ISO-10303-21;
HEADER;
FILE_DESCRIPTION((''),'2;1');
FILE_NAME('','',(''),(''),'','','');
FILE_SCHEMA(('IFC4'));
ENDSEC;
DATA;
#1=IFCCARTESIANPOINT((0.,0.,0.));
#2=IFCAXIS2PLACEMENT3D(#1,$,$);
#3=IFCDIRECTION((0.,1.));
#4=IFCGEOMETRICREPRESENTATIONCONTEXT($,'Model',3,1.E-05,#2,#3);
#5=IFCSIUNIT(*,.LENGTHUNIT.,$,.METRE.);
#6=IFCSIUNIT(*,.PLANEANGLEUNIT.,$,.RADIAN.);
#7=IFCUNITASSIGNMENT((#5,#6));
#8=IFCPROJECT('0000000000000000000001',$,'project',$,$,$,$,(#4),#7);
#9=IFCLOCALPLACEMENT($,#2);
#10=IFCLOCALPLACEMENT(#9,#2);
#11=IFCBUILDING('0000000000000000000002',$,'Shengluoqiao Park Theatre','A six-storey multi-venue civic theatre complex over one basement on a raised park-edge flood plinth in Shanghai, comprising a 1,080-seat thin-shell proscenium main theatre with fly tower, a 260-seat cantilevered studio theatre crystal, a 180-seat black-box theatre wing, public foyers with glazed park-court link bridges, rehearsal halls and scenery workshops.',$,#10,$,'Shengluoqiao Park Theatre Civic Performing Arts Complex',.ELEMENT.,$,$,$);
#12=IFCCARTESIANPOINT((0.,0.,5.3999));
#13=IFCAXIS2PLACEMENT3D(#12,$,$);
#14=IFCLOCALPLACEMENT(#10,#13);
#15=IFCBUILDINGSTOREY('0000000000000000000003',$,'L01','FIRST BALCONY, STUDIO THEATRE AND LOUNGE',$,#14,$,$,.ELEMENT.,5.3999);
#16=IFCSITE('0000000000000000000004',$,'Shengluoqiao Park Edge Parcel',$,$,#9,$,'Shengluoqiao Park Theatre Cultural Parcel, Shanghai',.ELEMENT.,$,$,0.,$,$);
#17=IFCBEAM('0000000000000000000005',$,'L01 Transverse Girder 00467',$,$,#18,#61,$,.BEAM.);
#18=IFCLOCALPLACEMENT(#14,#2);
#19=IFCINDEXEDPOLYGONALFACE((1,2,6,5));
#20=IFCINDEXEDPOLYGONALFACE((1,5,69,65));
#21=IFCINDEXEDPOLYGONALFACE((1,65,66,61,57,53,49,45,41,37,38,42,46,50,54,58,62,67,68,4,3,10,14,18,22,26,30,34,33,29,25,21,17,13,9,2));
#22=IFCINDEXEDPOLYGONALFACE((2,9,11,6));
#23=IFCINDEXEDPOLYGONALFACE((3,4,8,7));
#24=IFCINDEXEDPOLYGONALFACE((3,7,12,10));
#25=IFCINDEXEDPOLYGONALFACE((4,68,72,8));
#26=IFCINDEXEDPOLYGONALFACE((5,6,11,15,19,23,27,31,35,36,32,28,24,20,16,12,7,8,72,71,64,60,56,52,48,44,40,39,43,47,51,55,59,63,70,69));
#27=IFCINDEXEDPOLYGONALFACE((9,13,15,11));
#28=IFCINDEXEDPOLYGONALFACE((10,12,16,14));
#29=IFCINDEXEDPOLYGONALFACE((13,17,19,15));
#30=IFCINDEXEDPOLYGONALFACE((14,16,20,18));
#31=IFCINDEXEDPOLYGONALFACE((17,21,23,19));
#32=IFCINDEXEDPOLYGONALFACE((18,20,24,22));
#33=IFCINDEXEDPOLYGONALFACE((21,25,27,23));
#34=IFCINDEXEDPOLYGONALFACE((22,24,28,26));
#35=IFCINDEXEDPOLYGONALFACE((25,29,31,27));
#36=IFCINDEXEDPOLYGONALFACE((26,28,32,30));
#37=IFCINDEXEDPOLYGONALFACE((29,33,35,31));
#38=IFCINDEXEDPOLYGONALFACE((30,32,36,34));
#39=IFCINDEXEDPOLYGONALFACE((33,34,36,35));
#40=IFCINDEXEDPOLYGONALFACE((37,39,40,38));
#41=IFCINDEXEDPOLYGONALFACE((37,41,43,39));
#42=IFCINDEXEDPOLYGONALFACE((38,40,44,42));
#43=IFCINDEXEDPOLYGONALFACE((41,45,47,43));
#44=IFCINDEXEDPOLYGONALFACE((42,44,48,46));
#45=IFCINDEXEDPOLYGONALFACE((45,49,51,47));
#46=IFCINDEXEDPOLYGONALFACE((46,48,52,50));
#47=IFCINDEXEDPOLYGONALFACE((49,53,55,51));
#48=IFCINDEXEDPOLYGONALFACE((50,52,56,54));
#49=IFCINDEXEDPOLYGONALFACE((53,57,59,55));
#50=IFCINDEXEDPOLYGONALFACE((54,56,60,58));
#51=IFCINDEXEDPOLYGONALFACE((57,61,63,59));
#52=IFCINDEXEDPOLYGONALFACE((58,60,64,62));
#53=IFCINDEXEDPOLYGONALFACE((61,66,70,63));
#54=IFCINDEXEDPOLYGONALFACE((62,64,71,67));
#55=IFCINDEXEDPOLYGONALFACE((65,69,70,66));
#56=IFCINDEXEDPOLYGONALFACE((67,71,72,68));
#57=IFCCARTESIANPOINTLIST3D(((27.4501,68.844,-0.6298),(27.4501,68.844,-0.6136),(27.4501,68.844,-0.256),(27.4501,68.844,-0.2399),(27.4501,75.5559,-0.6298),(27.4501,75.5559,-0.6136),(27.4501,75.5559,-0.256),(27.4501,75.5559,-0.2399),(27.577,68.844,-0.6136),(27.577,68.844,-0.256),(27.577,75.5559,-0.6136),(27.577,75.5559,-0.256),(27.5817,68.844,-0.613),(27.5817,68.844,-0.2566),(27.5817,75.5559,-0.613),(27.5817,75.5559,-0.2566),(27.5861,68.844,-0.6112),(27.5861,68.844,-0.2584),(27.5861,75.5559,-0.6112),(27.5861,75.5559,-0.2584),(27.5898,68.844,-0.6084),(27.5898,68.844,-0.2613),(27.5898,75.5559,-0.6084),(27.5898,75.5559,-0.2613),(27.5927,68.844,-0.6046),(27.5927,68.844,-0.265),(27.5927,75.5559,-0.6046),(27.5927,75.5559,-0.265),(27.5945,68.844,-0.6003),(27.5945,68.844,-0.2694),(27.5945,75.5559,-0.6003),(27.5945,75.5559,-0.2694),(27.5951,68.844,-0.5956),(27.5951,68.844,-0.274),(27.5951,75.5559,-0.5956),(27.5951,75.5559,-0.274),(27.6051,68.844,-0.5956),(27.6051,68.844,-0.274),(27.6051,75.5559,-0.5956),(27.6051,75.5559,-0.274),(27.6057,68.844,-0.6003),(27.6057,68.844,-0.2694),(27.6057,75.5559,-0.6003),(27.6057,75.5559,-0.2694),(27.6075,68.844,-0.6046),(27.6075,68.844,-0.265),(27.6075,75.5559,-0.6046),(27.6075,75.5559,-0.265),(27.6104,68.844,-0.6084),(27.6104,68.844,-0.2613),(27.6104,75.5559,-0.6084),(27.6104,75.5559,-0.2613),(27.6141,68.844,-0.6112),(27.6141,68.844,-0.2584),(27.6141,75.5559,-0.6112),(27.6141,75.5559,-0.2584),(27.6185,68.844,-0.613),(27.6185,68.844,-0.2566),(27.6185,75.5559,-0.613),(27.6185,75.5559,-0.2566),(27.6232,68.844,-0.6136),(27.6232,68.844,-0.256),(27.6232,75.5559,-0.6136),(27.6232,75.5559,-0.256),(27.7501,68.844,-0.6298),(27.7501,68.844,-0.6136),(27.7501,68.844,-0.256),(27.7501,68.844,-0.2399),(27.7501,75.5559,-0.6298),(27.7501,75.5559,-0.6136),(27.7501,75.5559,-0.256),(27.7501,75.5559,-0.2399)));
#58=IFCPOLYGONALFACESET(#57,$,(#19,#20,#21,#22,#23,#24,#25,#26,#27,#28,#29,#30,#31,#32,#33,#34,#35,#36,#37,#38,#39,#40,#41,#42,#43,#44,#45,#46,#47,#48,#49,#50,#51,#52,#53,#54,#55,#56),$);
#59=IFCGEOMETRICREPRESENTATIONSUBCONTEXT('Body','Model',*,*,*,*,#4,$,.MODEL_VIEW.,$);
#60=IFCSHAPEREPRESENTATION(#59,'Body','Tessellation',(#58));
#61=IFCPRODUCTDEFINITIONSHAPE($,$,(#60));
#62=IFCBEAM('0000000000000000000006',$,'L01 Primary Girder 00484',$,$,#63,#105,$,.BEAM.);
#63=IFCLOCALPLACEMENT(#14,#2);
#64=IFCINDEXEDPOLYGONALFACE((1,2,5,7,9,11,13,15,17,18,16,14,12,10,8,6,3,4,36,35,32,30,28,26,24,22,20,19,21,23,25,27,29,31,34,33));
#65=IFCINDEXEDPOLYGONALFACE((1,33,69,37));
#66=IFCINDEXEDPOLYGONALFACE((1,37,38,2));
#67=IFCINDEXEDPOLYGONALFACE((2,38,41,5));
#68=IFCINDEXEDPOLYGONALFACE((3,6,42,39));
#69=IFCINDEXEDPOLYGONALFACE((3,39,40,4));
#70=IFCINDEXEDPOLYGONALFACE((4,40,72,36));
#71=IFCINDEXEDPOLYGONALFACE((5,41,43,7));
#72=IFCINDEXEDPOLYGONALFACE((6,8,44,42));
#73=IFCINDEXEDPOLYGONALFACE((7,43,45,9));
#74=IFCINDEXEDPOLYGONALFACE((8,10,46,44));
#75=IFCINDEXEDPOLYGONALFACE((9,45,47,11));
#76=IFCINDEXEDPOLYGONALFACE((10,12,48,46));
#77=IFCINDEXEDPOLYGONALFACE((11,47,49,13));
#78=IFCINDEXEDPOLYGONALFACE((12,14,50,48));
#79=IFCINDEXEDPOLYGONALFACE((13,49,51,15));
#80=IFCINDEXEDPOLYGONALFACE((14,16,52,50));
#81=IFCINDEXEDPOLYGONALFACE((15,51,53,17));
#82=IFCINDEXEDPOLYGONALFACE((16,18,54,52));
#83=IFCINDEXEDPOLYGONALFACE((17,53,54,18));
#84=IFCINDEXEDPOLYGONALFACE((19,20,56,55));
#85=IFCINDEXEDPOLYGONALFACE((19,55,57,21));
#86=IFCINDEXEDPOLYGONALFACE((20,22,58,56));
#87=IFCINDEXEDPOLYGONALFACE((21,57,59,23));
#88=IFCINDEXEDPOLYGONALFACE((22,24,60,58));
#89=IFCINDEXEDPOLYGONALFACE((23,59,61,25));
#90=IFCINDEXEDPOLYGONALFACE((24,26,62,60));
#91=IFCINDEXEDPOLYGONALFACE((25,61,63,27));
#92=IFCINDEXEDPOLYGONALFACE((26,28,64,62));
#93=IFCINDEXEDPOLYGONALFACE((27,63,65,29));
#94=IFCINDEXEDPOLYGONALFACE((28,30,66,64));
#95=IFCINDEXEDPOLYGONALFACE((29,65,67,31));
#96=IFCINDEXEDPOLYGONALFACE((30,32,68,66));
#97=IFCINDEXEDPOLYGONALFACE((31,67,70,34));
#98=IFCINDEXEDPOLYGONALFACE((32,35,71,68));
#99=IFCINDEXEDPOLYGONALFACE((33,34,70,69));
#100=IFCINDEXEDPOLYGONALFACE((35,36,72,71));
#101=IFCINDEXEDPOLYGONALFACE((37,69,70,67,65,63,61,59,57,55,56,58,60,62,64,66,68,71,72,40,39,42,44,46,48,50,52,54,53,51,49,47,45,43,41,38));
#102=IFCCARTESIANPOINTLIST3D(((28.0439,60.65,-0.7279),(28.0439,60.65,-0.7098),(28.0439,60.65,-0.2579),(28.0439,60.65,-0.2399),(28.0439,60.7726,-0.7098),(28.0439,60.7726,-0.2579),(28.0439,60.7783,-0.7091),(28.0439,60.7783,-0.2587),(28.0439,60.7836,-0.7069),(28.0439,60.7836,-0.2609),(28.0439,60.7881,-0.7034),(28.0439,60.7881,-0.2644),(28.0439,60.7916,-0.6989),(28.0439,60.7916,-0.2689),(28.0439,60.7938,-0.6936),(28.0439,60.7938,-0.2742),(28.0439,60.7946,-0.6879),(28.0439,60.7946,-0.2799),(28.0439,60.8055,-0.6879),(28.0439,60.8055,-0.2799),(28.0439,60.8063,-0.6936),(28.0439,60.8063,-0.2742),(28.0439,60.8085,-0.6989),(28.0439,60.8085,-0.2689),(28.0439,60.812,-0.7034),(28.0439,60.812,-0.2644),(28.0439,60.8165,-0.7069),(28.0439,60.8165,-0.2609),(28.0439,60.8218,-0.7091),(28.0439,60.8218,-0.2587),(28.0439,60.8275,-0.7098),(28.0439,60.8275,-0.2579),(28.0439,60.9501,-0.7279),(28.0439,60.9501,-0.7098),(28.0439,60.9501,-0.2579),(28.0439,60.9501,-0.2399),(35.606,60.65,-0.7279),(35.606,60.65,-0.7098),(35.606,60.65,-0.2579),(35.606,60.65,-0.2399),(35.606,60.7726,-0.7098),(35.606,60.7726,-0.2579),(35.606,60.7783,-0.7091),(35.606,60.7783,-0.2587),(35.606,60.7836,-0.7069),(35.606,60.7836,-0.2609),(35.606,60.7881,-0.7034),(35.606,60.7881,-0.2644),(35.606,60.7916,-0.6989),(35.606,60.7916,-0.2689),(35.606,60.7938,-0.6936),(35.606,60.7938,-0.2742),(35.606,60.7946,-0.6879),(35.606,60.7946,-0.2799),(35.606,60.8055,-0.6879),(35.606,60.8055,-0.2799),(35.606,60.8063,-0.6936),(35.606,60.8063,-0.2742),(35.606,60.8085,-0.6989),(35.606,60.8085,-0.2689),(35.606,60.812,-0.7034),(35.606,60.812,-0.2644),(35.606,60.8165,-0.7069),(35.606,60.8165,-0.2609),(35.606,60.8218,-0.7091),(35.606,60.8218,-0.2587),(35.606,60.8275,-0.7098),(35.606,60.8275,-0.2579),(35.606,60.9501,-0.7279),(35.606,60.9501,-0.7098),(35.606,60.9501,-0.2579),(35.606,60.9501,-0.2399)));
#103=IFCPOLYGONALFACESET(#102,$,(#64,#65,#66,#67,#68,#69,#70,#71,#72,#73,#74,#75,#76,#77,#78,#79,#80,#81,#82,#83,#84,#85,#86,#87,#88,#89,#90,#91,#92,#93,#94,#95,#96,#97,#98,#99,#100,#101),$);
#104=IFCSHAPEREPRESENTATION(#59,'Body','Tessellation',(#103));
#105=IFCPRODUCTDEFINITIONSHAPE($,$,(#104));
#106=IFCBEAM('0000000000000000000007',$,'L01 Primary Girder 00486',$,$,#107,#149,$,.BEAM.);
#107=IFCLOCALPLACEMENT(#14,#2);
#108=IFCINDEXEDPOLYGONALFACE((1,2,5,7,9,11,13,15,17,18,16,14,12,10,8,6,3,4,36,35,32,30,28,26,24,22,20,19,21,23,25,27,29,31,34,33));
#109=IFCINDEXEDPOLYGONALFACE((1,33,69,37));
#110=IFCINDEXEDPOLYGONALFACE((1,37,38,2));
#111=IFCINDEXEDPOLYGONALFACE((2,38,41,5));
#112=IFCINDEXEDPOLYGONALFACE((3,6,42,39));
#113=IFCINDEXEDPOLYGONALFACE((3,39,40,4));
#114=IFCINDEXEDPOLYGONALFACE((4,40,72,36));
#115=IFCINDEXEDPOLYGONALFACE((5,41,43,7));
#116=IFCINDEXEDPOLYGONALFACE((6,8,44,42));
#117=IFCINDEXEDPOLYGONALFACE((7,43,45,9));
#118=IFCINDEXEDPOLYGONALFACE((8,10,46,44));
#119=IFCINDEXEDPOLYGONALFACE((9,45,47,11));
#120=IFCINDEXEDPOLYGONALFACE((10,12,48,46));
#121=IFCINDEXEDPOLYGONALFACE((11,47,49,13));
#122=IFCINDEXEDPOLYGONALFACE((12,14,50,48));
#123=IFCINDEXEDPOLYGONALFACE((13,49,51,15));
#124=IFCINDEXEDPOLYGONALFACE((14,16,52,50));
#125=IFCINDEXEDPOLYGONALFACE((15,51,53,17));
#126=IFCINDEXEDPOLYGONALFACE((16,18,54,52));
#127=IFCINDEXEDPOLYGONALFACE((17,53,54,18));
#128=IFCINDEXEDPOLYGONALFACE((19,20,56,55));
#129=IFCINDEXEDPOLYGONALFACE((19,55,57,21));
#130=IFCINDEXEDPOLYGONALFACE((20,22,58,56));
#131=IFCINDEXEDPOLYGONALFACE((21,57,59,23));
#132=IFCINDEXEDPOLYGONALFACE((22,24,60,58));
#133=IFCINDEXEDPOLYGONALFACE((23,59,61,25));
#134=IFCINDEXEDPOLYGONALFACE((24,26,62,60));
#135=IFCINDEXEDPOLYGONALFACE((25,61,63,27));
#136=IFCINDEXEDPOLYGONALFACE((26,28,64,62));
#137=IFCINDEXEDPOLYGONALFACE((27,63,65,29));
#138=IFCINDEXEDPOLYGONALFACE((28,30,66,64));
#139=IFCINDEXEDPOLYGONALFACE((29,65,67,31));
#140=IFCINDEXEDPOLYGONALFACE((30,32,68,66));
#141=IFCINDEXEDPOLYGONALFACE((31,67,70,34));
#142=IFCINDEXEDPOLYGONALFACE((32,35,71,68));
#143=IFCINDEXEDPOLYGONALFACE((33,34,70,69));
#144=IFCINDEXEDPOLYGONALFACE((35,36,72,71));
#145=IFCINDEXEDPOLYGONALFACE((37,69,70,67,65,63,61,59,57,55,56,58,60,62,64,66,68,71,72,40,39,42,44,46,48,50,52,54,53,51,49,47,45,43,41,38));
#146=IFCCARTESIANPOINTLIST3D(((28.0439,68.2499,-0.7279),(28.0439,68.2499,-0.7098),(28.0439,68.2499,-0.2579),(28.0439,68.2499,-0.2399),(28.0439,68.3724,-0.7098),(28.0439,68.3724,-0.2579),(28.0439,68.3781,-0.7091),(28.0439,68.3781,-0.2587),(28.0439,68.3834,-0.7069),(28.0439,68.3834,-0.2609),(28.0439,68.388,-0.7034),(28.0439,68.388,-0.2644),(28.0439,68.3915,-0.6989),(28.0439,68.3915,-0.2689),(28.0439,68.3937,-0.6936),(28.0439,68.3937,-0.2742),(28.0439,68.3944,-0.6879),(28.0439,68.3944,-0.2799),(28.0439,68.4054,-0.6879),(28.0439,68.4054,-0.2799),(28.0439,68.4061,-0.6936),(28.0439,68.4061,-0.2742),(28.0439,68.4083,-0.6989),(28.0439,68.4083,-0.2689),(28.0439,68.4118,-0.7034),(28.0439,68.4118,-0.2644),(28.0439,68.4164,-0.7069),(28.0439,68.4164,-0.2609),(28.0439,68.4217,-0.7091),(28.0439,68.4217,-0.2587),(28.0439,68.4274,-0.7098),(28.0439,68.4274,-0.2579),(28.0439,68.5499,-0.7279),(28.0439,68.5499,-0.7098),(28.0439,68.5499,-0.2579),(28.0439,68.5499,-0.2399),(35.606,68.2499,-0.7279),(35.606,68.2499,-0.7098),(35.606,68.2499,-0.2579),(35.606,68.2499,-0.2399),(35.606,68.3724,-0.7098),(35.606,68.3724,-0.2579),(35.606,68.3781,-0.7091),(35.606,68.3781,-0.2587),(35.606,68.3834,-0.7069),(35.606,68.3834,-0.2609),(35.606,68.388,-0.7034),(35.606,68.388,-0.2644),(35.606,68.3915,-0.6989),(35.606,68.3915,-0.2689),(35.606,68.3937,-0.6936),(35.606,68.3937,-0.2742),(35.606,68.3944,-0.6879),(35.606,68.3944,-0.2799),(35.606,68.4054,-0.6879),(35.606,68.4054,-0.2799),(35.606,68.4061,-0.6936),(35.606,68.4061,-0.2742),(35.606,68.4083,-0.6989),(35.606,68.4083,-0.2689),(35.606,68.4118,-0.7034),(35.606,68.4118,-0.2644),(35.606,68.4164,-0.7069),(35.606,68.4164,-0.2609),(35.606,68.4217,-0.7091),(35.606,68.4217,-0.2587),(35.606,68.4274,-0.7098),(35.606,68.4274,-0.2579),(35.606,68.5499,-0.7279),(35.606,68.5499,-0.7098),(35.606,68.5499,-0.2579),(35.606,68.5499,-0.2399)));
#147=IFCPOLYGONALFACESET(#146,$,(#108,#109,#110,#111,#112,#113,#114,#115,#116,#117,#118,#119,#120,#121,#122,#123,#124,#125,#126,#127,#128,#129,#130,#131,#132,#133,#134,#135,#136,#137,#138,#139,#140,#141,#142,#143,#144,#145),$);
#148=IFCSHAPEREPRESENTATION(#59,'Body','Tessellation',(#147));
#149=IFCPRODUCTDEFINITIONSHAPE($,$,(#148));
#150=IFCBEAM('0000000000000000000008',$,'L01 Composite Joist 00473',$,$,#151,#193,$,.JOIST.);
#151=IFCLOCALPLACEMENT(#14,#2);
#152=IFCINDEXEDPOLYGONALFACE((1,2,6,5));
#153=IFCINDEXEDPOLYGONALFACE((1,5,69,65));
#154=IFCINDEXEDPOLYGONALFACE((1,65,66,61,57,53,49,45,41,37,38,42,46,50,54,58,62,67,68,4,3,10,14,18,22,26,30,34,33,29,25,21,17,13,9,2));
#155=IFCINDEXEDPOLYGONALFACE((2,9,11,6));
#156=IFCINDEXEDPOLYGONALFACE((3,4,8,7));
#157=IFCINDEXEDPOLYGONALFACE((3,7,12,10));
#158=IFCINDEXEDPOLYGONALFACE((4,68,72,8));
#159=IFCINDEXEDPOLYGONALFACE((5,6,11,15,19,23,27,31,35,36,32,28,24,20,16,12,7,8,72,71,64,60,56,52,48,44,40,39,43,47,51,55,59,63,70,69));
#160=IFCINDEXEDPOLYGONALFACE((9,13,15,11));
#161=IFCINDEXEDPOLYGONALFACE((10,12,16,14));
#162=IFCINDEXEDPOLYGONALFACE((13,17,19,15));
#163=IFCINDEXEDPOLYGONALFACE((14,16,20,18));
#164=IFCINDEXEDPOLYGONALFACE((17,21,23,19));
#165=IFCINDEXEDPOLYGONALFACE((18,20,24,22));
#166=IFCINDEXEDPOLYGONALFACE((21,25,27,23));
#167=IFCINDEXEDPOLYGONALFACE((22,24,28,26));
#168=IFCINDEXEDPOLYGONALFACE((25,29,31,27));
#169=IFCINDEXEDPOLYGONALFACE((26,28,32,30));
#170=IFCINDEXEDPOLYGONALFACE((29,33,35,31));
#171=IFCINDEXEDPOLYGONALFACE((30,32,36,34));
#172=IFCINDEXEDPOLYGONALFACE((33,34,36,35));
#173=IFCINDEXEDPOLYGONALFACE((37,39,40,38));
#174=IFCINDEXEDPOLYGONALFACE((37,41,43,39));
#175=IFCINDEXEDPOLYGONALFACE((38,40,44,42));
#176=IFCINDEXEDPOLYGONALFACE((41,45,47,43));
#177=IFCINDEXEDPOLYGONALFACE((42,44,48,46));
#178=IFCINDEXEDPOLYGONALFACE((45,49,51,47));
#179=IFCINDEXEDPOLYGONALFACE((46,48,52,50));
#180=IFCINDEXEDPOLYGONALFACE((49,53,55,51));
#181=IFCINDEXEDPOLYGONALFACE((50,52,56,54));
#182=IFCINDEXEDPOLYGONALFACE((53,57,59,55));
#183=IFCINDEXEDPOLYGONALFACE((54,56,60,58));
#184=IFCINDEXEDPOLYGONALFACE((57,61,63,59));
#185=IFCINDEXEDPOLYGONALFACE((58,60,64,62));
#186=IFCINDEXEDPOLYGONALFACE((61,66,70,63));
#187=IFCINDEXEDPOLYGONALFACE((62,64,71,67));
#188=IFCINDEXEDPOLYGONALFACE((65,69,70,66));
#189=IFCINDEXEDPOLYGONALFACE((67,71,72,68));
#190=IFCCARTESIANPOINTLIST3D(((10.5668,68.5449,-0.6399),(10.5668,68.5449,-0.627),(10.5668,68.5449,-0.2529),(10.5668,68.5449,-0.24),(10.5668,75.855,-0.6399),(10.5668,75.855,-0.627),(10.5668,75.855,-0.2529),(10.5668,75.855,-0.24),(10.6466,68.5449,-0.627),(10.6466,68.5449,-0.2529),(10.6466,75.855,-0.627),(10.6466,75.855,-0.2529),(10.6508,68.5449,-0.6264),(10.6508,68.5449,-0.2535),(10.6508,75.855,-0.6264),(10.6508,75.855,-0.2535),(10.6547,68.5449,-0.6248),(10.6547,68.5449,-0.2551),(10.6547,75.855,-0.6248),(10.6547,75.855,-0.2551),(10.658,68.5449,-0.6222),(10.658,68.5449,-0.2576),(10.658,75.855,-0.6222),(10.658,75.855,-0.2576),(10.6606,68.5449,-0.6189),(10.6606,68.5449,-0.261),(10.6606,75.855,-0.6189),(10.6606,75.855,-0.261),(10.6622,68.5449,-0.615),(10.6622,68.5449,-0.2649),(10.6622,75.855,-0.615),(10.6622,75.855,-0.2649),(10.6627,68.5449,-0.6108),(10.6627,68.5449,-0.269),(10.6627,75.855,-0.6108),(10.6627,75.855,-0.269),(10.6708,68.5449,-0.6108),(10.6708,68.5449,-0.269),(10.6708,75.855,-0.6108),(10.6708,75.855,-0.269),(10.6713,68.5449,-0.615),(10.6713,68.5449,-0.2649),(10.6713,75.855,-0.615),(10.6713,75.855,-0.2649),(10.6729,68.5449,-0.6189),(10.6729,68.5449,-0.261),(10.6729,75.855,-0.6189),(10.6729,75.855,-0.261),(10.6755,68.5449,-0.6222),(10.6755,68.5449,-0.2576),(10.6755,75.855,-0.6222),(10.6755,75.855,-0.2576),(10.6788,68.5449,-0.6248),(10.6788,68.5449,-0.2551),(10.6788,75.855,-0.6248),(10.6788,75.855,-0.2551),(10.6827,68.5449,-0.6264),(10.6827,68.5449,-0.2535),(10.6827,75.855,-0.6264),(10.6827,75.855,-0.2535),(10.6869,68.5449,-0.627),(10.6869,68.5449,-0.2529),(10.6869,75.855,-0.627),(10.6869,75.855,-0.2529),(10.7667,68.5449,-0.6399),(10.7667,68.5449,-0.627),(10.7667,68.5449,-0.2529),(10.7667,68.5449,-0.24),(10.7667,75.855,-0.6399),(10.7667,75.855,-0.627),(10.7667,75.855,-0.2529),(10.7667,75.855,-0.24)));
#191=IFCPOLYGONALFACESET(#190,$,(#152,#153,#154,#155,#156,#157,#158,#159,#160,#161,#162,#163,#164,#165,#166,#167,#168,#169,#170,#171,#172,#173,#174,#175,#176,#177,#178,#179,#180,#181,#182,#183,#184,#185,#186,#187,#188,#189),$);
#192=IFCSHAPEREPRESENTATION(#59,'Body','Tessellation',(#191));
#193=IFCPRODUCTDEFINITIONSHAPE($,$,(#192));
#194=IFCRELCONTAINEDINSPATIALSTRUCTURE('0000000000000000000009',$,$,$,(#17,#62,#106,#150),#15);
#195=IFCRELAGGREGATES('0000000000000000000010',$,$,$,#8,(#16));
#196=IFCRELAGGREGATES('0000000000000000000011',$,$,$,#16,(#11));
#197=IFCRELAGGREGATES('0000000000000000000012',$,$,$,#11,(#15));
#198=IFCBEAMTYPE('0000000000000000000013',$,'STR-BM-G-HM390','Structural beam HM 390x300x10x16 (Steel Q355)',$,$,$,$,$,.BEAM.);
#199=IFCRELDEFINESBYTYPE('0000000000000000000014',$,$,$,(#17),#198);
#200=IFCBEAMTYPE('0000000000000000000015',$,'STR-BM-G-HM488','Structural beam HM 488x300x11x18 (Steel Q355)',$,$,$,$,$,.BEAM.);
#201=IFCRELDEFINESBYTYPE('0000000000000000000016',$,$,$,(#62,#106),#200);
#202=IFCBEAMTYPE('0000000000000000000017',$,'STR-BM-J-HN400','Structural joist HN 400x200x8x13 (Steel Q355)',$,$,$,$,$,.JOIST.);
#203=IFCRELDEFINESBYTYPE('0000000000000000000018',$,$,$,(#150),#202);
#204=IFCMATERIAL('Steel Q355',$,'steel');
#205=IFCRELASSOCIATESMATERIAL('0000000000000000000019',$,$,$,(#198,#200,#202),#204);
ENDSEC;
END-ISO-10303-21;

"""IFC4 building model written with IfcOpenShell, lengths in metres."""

from ifc_helpers import new_model, si_unit, direction, frame, origin, origin_2d, place, context, subcontext, project, spatial, i_section, extrude, material, material_profile, profile_set, type_object, element, save


model = new_model("IFC4")

# Units and contexts
model_context = context("Model", 3, precision=1e-05, world=origin(), true_north=direction((0.0, 1.0)))
body_context = subcontext(model_context, "Body", "Model", "MODEL_VIEW")
ifc_project = project(units=[si_unit("LENGTHUNIT", "METRE"), si_unit("PLANEANGLEUNIT", "RADIAN")], contexts=[model_context])

# Site, building, storey
site_placement = place(None, origin())
site = spatial("IfcSite", under=ifc_project, at=site_placement, Name="Shengluoqiao Park Edge Parcel", LongName="Shengluoqiao Park Theatre Cultural Parcel, Shanghai", CompositionType="ELEMENT", RefElevation=0.0)
building_placement = place(site_placement, origin())
building = spatial("IfcBuilding", under=site, at=building_placement, Name="Shengluoqiao Park Theatre", Description="A six-storey multi-venue civic theatre complex over one basement on a raised park-edge flood plinth in Shanghai, comprising a 1,080-seat thin-shell proscenium main theatre with fly tower, a 260-seat cantilevered studio theatre crystal, a 180-seat black-box theatre wing, public foyers with glazed park-court link bridges, rehearsal halls and scenery workshops.", LongName="Shengluoqiao Park Theatre Civic Performing Arts Complex", CompositionType="ELEMENT")
storey_placement = place(building_placement, frame((0.0, 0.0, 5.3999)))
storey = spatial("IfcBuildingStorey", under=building, at=storey_placement, Name="L01", Description="FIRST BALCONY, STUDIO THEATRE AND LOUNGE", CompositionType="ELEMENT", Elevation=5.3999)

# Shared definitions
ifc_material_1 = material(Name="Steel Q355", Category="steel")

# Beams
ifc_material_profile_1 = material_profile(ifc_material_1, i_section(OverallWidth=0.3, OverallDepth=0.3899, WebThickness=0.01, FlangeThickness=0.0161, FilletRadius=0.0181, at=origin_2d()), Name="HM 390x300x10x16")
ifc_profile_set_1 = profile_set([ifc_material_profile_1], Name="Steel Q355")
beam_type_1 = type_object("IfcBeamType", Name="STR-BM-G-HM390", Description="Structural beam HM 390x300x10x16 (Steel Q355)", PredefinedType="BEAM", material=ifc_profile_set_1)
for number, where, z_axis, x_axis, name in (
    (1, (27.6001, 68.844, -0.4348), (0.0, 1.0, 0.0), (-1.0, 0.0, 0.0), "L01 Transverse Girder 00467"),
):
    element("IfcBeam", number, at=place(storey_placement, frame(where, z_axis=z_axis, x_axis=x_axis)), inside=storey, type_object=beam_type_1, Name=name, PredefinedType="BEAM", context=body_context, shape_type="SweptSolid", body=[
        extrude(i_section(OverallWidth=0.3, OverallDepth=0.3899, WebThickness=0.01, FlangeThickness=0.0161, FilletRadius=0.0181, at=origin_2d()), origin(), (0.0, 0.0, 1.0), 6.7119),
    ])
ifc_material_profile_2 = material_profile(ifc_material_1, i_section(OverallWidth=0.3, OverallDepth=0.488, WebThickness=0.011, FlangeThickness=0.0181, FilletRadius=0.022, at=origin_2d()), Name="HM 488x300x11x18")
ifc_profile_set_2 = profile_set([ifc_material_profile_2], Name="Steel Q355")
beam_type_2 = type_object("IfcBeamType", Name="STR-BM-G-HM488", Description="Structural beam HM 488x300x11x18 (Steel Q355)", PredefinedType="BEAM", material=ifc_profile_set_2)
for number, where, z_axis, x_axis, name in (
    (2, (28.0439, 60.8, -0.4839), (1.0, 0.0, 0.0), (0.0, 1.0, 0.0), "L01 Primary Girder 00484"),
    (3, (28.0439, 68.3999, -0.4839), (1.0, 0.0, 0.0), (0.0, 1.0, 0.0), "L01 Primary Girder 00486"),
):
    element("IfcBeam", number, at=place(storey_placement, frame(where, z_axis=z_axis, x_axis=x_axis)), inside=storey, type_object=beam_type_2, Name=name, PredefinedType="BEAM", context=body_context, shape_type="SweptSolid", body=[
        extrude(i_section(OverallWidth=0.3, OverallDepth=0.488, WebThickness=0.011, FlangeThickness=0.0181, FilletRadius=0.022, at=origin_2d()), origin(), (0.0, 0.0, 1.0), 7.562),
    ])
ifc_material_profile_3 = material_profile(ifc_material_1, i_section(OverallWidth=0.2, OverallDepth=0.3999, WebThickness=0.0081, FlangeThickness=0.0129, FilletRadius=0.0161, at=origin_2d()), Name="HN 400x200x8x13")
ifc_profile_set_3 = profile_set([ifc_material_profile_3], Name="Steel Q355")
beam_type_3 = type_object("IfcBeamType", Name="STR-BM-J-HN400", Description="Structural joist HN 400x200x8x13 (Steel Q355)", PredefinedType="JOIST", material=ifc_profile_set_3)
beam_1_placement = place(storey_placement, frame((10.6667, 68.5449, -0.4399), z_axis=(0.0, 1.0, 0.0), x_axis=(-1.0, 0.0, 0.0)))
element("IfcBeam", 4, at=beam_1_placement, inside=storey, type_object=beam_type_3, Name="L01 Composite Joist 00473", PredefinedType="JOIST", context=body_context, shape_type="SweptSolid", body=[
    extrude(i_section(OverallWidth=0.2, OverallDepth=0.3999, WebThickness=0.0081, FlangeThickness=0.0129, FilletRadius=0.0161, at=origin_2d()), origin(), (0.0, 0.0, 1.0), 7.3101),
])

save(model, "model.ifc")
